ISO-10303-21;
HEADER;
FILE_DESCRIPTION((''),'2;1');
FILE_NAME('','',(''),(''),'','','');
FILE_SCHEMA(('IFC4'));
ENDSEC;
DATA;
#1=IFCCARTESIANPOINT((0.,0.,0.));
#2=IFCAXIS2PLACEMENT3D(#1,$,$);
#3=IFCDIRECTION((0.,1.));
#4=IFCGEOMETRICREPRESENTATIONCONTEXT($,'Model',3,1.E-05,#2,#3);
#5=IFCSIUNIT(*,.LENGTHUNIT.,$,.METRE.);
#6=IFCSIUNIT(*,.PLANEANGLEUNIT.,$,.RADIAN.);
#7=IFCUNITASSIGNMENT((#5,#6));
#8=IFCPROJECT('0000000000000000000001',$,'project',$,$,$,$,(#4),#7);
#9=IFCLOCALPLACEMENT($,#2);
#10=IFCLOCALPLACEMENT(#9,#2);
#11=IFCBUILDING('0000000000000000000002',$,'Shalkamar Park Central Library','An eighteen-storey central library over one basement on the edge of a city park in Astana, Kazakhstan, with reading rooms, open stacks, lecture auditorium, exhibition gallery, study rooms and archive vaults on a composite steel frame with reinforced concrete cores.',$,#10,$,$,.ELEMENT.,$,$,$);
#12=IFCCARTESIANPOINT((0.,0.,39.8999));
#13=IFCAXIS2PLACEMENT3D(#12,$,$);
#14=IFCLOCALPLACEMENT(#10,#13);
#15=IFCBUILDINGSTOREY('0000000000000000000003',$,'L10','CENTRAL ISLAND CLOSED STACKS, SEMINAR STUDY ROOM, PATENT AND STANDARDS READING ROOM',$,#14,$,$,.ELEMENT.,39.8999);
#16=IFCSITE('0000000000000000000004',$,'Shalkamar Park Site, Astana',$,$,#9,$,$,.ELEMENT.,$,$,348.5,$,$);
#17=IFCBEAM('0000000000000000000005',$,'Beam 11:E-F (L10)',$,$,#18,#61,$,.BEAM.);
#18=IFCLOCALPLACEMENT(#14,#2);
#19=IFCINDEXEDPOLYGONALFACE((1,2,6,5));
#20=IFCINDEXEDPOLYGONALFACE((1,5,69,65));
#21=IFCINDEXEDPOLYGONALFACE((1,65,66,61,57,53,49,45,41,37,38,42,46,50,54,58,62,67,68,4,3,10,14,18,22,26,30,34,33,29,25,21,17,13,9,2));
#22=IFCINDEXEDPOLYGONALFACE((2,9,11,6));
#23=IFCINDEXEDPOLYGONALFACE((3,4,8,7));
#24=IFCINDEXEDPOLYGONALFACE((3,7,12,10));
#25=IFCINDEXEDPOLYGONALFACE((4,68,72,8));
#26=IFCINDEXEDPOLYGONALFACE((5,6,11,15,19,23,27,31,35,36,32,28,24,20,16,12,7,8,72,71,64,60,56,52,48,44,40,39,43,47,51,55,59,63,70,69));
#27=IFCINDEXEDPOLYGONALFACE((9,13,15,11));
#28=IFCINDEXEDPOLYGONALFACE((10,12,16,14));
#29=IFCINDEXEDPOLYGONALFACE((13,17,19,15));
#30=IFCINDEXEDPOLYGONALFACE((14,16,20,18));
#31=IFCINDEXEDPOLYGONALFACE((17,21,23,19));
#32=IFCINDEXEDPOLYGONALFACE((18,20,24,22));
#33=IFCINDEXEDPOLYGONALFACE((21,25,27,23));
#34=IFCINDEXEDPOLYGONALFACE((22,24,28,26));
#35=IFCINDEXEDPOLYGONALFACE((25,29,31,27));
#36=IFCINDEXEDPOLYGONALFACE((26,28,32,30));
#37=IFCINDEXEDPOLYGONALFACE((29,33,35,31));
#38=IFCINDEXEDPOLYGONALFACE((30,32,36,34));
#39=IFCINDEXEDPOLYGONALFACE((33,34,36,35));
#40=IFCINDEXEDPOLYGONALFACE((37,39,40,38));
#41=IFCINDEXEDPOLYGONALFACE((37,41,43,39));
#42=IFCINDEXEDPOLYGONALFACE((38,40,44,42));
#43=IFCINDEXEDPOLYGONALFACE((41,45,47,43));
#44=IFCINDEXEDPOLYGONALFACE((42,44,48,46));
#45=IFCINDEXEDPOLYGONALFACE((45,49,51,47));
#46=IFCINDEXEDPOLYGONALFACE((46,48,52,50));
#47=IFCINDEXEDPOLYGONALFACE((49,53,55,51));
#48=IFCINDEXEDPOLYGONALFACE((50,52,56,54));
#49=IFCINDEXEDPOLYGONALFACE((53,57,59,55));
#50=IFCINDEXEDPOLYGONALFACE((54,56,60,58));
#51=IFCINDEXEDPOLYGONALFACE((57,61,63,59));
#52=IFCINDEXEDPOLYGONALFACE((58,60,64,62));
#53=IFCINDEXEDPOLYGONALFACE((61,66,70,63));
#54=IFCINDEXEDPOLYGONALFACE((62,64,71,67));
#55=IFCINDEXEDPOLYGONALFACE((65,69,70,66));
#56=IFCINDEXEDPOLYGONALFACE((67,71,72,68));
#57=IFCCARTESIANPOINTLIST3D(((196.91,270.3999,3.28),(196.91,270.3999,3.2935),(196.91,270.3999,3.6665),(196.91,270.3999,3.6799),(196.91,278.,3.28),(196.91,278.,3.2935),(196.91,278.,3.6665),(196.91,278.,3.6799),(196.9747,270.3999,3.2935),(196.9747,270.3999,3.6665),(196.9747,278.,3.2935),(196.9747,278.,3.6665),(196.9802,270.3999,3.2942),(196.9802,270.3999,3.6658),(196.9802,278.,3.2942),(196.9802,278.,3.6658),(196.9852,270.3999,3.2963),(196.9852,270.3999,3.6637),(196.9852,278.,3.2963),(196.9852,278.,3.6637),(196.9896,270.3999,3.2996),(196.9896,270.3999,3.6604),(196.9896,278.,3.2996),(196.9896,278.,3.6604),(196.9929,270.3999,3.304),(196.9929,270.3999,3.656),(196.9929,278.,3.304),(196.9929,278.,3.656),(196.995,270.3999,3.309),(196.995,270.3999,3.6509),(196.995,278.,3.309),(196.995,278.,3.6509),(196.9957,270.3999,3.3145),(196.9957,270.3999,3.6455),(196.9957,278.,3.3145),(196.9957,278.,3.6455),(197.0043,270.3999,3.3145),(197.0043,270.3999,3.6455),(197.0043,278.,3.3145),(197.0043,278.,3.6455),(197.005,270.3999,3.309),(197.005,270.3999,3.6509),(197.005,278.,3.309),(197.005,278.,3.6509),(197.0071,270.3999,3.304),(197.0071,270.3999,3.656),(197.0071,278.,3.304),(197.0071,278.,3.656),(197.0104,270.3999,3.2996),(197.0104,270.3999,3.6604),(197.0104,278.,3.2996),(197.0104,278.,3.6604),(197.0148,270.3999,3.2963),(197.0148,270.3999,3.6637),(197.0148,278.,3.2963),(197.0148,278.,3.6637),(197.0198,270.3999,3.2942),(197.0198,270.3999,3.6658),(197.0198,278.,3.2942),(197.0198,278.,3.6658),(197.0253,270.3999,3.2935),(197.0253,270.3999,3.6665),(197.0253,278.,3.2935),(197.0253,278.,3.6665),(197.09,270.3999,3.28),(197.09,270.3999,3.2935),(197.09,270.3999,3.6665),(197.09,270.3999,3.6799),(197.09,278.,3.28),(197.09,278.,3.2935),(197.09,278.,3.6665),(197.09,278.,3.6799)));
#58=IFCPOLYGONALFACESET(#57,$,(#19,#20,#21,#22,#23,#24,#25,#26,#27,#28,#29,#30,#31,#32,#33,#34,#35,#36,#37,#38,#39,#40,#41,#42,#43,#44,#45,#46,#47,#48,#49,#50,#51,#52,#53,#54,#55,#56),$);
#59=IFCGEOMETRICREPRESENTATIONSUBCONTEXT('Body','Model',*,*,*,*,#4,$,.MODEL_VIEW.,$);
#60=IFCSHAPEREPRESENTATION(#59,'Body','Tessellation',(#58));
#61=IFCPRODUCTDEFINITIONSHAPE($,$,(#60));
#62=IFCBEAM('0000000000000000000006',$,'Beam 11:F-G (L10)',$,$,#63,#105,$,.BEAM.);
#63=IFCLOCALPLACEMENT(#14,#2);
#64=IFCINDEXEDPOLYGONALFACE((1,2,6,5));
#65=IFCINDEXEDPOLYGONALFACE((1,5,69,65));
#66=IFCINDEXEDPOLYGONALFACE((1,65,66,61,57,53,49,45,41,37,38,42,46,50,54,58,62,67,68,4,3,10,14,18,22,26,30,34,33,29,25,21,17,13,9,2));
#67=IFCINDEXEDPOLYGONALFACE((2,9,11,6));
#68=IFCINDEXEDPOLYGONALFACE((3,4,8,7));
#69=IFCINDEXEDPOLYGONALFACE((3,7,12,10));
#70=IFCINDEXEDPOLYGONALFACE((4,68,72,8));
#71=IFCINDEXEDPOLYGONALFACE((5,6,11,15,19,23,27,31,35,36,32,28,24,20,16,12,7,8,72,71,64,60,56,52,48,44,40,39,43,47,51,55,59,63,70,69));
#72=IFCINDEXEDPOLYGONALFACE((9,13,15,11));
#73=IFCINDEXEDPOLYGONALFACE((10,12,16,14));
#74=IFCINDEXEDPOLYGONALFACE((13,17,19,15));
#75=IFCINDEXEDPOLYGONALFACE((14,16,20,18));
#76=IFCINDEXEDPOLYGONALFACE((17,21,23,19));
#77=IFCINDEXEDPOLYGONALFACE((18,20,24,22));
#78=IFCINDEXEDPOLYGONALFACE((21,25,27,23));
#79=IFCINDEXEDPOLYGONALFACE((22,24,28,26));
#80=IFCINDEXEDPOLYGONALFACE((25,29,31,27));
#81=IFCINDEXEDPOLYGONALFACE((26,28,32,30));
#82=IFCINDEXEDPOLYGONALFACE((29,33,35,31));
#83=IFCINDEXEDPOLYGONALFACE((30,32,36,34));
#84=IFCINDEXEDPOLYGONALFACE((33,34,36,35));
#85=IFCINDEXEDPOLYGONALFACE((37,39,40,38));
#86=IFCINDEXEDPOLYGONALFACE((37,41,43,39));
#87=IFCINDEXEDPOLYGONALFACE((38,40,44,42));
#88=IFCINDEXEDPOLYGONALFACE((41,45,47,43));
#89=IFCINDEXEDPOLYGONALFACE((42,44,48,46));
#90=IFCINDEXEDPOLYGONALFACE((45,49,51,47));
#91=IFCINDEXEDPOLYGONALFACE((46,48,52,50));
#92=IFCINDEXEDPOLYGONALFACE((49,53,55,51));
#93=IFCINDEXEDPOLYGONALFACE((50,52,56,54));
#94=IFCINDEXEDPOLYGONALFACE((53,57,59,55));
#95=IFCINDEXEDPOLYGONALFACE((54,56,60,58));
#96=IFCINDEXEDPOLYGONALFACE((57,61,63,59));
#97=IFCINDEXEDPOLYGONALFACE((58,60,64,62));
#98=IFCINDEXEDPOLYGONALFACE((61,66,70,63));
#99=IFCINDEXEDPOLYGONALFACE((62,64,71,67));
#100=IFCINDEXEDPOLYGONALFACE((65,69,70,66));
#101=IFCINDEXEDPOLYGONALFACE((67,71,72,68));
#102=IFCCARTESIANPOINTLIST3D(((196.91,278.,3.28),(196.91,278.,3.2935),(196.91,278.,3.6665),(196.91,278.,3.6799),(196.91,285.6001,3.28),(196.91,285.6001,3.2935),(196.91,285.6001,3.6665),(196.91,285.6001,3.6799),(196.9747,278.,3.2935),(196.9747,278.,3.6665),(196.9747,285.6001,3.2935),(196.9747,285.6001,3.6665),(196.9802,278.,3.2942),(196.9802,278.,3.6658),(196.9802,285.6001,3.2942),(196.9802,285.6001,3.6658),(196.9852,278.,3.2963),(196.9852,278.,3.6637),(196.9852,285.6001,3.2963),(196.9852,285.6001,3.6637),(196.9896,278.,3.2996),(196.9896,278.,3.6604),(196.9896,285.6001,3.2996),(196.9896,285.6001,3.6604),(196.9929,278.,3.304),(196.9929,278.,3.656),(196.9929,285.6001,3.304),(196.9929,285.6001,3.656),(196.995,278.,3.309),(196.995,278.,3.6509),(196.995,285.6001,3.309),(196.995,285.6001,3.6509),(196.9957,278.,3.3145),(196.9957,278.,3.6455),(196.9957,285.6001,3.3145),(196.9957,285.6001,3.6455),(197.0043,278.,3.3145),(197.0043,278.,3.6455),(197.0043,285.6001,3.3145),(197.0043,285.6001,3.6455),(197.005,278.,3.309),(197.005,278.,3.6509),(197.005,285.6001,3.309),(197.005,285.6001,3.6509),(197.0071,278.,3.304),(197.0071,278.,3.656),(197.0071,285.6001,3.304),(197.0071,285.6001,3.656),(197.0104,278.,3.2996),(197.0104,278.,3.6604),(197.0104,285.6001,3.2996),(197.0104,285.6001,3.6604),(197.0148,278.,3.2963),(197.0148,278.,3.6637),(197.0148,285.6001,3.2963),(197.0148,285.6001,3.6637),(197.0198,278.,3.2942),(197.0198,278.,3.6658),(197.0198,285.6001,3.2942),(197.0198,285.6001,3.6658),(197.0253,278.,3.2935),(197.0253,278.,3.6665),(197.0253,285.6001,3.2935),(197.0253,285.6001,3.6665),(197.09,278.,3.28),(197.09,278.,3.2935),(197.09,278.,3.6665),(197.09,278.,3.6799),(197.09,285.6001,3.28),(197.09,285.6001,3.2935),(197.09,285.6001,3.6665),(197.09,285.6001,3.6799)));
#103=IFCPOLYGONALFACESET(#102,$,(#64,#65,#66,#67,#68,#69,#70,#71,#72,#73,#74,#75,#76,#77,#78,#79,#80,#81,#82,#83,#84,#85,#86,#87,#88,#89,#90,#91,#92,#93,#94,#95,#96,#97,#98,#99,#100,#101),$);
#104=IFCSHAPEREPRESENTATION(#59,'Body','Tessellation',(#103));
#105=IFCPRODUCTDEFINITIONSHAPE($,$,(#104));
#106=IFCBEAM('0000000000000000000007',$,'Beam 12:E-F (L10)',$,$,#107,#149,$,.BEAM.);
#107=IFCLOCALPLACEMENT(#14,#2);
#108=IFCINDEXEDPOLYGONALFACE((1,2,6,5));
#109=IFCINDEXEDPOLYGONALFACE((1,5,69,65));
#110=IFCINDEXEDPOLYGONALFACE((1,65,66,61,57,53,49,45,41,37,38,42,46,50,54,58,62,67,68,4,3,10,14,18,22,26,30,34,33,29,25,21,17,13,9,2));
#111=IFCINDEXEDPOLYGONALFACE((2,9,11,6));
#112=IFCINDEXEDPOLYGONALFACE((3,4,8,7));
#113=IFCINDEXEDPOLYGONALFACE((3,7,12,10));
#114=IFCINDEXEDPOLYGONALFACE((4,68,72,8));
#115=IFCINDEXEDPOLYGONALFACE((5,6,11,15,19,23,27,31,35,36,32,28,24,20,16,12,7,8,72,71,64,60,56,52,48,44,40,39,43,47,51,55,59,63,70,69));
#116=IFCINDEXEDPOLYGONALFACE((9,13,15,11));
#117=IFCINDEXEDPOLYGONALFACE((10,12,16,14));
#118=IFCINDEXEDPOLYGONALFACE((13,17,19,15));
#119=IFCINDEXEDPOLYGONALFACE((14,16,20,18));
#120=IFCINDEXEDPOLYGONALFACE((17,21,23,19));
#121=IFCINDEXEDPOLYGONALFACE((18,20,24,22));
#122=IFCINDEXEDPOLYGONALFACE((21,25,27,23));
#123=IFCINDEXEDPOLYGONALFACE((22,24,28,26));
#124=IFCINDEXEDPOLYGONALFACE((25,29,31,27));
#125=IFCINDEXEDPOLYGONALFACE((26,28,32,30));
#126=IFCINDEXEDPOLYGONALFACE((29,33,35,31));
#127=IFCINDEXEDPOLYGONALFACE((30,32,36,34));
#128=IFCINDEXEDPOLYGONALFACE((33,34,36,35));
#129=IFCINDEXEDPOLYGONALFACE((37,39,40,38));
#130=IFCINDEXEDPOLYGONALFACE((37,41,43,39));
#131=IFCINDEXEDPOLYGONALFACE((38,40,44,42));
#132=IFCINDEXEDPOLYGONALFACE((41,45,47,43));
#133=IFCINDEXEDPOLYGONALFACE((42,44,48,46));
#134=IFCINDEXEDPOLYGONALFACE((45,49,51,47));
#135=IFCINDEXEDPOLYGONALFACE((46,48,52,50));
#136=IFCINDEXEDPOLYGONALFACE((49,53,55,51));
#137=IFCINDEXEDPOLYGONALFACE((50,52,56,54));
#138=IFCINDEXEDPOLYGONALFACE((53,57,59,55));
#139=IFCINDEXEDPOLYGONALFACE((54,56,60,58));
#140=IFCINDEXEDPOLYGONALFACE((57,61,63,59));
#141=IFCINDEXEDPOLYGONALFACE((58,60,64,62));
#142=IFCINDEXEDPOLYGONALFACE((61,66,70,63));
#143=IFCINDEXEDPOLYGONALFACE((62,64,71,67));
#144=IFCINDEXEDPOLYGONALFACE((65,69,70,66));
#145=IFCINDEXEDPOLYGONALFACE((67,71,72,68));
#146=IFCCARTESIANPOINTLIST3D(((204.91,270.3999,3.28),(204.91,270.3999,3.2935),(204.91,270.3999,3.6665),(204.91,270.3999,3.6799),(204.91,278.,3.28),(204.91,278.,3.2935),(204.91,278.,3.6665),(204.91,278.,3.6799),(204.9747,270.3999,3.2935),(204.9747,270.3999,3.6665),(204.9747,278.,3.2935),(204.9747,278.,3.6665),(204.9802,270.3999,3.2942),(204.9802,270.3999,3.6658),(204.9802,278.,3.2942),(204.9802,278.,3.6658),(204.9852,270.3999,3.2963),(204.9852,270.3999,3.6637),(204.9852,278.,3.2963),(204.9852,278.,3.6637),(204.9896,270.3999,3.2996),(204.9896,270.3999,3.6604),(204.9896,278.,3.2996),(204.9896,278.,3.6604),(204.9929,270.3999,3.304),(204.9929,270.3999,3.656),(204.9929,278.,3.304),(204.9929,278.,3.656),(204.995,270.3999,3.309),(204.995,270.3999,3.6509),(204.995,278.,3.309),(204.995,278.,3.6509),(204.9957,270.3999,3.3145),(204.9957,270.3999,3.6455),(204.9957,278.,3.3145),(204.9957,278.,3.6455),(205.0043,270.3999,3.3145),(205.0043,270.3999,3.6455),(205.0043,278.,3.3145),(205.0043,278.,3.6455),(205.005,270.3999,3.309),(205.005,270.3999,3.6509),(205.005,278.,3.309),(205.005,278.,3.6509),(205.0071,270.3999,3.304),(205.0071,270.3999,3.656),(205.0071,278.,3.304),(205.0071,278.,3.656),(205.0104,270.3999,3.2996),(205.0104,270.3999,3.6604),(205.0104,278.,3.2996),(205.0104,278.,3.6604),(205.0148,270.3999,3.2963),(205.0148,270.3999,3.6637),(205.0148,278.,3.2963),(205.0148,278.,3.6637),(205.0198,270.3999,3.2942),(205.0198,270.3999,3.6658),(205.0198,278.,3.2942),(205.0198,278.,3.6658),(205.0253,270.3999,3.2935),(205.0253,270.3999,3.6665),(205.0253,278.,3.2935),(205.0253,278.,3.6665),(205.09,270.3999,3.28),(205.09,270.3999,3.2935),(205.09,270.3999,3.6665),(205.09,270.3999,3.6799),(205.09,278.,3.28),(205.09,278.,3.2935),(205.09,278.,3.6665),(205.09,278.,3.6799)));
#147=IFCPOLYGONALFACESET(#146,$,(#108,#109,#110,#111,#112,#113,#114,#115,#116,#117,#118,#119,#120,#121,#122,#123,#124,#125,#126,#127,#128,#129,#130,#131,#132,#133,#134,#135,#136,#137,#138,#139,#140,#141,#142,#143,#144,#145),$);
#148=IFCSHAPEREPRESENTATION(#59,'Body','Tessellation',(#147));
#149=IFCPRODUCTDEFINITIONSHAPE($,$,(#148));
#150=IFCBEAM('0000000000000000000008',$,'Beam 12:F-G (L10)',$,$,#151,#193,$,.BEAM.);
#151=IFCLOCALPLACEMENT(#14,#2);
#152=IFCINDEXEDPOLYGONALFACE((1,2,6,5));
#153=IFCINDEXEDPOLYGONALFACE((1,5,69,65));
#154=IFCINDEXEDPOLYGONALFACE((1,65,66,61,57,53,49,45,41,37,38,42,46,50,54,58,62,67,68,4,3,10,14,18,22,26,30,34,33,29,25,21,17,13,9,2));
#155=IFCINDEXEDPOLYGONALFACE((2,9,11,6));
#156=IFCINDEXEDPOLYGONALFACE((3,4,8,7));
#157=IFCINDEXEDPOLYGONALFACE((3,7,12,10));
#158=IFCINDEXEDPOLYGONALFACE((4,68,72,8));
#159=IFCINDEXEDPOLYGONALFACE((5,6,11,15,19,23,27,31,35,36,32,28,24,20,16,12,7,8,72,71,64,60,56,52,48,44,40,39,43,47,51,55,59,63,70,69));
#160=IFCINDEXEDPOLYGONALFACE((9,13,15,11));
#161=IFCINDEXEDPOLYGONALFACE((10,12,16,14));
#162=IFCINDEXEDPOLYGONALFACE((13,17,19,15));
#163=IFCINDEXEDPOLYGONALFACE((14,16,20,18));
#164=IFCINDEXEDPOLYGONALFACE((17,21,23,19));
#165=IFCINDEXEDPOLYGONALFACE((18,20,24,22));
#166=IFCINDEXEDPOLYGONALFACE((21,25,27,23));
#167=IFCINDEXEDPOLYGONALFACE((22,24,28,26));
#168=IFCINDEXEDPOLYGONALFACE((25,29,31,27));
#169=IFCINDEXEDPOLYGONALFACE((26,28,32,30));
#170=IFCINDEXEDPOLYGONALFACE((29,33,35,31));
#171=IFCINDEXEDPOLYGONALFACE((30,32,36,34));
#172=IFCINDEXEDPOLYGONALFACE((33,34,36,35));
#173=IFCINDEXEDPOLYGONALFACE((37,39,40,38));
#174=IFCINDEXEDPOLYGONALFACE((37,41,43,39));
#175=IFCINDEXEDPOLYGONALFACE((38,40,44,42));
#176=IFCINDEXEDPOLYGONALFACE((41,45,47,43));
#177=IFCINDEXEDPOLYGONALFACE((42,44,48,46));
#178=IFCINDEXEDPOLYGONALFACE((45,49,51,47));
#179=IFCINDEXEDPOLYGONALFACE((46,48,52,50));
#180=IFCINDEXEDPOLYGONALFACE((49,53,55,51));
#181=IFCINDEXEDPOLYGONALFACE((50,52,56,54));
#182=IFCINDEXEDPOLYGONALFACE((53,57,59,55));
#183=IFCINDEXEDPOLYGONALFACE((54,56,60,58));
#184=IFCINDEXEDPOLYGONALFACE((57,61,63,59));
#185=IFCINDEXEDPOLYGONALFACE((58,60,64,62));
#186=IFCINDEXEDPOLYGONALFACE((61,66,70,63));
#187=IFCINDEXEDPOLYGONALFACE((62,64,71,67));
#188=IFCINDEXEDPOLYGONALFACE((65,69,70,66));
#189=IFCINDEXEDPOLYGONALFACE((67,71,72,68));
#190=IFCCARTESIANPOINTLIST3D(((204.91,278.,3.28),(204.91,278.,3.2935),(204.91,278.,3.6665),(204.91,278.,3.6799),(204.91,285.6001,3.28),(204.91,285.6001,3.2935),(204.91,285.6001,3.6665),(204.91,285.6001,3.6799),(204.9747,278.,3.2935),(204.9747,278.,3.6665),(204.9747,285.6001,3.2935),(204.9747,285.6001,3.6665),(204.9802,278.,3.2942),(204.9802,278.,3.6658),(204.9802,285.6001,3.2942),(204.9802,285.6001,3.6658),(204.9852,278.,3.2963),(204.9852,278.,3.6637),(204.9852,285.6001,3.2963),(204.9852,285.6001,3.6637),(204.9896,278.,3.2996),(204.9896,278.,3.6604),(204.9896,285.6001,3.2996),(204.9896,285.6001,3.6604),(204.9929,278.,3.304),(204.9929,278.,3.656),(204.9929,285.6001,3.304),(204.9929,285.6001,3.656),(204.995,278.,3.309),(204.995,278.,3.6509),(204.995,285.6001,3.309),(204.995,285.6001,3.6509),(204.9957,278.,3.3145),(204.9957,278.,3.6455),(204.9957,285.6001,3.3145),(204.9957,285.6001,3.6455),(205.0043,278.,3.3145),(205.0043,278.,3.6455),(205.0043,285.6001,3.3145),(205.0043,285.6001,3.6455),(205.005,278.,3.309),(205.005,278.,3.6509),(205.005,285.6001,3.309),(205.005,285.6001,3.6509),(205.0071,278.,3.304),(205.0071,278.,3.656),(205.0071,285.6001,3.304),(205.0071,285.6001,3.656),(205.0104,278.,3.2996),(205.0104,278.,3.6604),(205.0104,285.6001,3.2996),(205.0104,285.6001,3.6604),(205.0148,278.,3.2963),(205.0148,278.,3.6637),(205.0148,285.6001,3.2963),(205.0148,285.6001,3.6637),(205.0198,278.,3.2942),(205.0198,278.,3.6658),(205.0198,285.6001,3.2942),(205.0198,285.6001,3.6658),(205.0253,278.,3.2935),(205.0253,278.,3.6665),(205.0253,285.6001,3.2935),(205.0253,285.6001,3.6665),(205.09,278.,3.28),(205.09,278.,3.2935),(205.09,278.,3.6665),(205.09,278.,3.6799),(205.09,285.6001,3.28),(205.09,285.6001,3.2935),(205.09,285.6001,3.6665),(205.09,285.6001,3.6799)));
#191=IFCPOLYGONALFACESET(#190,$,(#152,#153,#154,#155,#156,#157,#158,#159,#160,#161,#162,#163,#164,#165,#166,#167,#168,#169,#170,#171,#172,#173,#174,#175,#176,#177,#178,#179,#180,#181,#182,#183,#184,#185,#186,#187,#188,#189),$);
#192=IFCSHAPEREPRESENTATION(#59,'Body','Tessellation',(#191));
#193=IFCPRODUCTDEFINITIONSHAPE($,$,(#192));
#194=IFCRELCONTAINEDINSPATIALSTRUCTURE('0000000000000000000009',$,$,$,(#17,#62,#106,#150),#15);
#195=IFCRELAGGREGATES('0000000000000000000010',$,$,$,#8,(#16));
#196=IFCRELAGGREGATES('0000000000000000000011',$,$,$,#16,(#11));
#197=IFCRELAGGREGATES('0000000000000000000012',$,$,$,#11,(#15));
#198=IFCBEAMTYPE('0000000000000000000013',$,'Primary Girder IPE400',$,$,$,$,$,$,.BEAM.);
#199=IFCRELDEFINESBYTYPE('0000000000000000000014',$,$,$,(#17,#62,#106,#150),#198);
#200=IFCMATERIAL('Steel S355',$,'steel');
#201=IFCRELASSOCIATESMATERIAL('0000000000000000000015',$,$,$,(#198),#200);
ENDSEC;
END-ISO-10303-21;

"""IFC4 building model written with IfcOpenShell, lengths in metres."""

from ifc_helpers import new_model, si_unit, direction, frame, origin, origin_2d, place, context, subcontext, project, spatial, i_section, extrude, material, material_profile, profile_set, type_object, element, save


model = new_model("IFC4")

# Units and contexts
model_context = context("Model", 3, precision=1e-05, world=origin(), true_north=direction((0.0, 1.0)))
body_context = subcontext(model_context, "Body", "Model", "MODEL_VIEW")
ifc_project = project(units=[si_unit("LENGTHUNIT", "METRE"), si_unit("PLANEANGLEUNIT", "RADIAN")], contexts=[model_context])

# Site, building, storey
site_placement = place(None, origin())
site = spatial("IfcSite", under=ifc_project, at=site_placement, Name="Shalkamar Park Site, Astana", CompositionType="ELEMENT", RefElevation=348.5)
building_placement = place(site_placement, origin())
building = spatial("IfcBuilding", under=site, at=building_placement, Name="Shalkamar Park Central Library", Description="An eighteen-storey central library over one basement on the edge of a city park in Astana, Kazakhstan, with reading rooms, open stacks, lecture auditorium, exhibition gallery, study rooms and archive vaults on a composite steel frame with reinforced concrete cores.", CompositionType="ELEMENT")
storey_placement = place(building_placement, frame((0.0, 0.0, 39.8999)))
storey = spatial("IfcBuildingStorey", under=building, at=storey_placement, Name="L10", Description="CENTRAL ISLAND CLOSED STACKS, SEMINAR STUDY ROOM, PATENT AND STANDARDS READING ROOM", CompositionType="ELEMENT", Elevation=39.8999)

# Shared definitions
ifc_material_1 = material(Name="Steel S355", Category="steel")

# Beams
ifc_material_profile_1 = material_profile(ifc_material_1, i_section(OverallWidth=0.1799, OverallDepth=0.3999, WebThickness=0.0085, FlangeThickness=0.0134, FilletRadius=0.021, at=origin_2d()), Name="IPE 400")
ifc_profile_set_1 = profile_set([ifc_material_profile_1], Name="Steel S355")
beam_type_1 = type_object("IfcBeamType", Name="Primary Girder IPE400", PredefinedType="BEAM", material=ifc_profile_set_1)
for number, where, z_axis, x_axis, name in (
    (1, (197.0, 270.3999, 3.48), (0.0, 1.0, 0.0), (-1.0, 0.0, 0.0), "Beam 11:E-F (L10)"),
    (2, (197.0, 278.0, 3.48), (0.0, 1.0, 0.0), (-1.0, 0.0, 0.0), "Beam 11:F-G (L10)"),
    (3, (205.0, 270.3999, 3.48), (0.0, 1.0, 0.0), (-1.0, 0.0, 0.0), "Beam 12:E-F (L10)"),
    (4, (205.0, 278.0, 3.48), (0.0, 1.0, 0.0), (-1.0, 0.0, 0.0), "Beam 12:F-G (L10)"),
):
    element("IfcBeam", number, at=place(storey_placement, frame(where, z_axis=z_axis, x_axis=x_axis)), inside=storey, type_object=beam_type_1, Name=name, PredefinedType="BEAM", context=body_context, shape_type="SweptSolid", body=[
        extrude(i_section(OverallWidth=0.1799, OverallDepth=0.3999, WebThickness=0.0085, FlangeThickness=0.0134, FilletRadius=0.021, at=origin_2d()), origin(), (0.0, 0.0, 1.0), 7.6001),
    ])

save(model, "model.ifc")
